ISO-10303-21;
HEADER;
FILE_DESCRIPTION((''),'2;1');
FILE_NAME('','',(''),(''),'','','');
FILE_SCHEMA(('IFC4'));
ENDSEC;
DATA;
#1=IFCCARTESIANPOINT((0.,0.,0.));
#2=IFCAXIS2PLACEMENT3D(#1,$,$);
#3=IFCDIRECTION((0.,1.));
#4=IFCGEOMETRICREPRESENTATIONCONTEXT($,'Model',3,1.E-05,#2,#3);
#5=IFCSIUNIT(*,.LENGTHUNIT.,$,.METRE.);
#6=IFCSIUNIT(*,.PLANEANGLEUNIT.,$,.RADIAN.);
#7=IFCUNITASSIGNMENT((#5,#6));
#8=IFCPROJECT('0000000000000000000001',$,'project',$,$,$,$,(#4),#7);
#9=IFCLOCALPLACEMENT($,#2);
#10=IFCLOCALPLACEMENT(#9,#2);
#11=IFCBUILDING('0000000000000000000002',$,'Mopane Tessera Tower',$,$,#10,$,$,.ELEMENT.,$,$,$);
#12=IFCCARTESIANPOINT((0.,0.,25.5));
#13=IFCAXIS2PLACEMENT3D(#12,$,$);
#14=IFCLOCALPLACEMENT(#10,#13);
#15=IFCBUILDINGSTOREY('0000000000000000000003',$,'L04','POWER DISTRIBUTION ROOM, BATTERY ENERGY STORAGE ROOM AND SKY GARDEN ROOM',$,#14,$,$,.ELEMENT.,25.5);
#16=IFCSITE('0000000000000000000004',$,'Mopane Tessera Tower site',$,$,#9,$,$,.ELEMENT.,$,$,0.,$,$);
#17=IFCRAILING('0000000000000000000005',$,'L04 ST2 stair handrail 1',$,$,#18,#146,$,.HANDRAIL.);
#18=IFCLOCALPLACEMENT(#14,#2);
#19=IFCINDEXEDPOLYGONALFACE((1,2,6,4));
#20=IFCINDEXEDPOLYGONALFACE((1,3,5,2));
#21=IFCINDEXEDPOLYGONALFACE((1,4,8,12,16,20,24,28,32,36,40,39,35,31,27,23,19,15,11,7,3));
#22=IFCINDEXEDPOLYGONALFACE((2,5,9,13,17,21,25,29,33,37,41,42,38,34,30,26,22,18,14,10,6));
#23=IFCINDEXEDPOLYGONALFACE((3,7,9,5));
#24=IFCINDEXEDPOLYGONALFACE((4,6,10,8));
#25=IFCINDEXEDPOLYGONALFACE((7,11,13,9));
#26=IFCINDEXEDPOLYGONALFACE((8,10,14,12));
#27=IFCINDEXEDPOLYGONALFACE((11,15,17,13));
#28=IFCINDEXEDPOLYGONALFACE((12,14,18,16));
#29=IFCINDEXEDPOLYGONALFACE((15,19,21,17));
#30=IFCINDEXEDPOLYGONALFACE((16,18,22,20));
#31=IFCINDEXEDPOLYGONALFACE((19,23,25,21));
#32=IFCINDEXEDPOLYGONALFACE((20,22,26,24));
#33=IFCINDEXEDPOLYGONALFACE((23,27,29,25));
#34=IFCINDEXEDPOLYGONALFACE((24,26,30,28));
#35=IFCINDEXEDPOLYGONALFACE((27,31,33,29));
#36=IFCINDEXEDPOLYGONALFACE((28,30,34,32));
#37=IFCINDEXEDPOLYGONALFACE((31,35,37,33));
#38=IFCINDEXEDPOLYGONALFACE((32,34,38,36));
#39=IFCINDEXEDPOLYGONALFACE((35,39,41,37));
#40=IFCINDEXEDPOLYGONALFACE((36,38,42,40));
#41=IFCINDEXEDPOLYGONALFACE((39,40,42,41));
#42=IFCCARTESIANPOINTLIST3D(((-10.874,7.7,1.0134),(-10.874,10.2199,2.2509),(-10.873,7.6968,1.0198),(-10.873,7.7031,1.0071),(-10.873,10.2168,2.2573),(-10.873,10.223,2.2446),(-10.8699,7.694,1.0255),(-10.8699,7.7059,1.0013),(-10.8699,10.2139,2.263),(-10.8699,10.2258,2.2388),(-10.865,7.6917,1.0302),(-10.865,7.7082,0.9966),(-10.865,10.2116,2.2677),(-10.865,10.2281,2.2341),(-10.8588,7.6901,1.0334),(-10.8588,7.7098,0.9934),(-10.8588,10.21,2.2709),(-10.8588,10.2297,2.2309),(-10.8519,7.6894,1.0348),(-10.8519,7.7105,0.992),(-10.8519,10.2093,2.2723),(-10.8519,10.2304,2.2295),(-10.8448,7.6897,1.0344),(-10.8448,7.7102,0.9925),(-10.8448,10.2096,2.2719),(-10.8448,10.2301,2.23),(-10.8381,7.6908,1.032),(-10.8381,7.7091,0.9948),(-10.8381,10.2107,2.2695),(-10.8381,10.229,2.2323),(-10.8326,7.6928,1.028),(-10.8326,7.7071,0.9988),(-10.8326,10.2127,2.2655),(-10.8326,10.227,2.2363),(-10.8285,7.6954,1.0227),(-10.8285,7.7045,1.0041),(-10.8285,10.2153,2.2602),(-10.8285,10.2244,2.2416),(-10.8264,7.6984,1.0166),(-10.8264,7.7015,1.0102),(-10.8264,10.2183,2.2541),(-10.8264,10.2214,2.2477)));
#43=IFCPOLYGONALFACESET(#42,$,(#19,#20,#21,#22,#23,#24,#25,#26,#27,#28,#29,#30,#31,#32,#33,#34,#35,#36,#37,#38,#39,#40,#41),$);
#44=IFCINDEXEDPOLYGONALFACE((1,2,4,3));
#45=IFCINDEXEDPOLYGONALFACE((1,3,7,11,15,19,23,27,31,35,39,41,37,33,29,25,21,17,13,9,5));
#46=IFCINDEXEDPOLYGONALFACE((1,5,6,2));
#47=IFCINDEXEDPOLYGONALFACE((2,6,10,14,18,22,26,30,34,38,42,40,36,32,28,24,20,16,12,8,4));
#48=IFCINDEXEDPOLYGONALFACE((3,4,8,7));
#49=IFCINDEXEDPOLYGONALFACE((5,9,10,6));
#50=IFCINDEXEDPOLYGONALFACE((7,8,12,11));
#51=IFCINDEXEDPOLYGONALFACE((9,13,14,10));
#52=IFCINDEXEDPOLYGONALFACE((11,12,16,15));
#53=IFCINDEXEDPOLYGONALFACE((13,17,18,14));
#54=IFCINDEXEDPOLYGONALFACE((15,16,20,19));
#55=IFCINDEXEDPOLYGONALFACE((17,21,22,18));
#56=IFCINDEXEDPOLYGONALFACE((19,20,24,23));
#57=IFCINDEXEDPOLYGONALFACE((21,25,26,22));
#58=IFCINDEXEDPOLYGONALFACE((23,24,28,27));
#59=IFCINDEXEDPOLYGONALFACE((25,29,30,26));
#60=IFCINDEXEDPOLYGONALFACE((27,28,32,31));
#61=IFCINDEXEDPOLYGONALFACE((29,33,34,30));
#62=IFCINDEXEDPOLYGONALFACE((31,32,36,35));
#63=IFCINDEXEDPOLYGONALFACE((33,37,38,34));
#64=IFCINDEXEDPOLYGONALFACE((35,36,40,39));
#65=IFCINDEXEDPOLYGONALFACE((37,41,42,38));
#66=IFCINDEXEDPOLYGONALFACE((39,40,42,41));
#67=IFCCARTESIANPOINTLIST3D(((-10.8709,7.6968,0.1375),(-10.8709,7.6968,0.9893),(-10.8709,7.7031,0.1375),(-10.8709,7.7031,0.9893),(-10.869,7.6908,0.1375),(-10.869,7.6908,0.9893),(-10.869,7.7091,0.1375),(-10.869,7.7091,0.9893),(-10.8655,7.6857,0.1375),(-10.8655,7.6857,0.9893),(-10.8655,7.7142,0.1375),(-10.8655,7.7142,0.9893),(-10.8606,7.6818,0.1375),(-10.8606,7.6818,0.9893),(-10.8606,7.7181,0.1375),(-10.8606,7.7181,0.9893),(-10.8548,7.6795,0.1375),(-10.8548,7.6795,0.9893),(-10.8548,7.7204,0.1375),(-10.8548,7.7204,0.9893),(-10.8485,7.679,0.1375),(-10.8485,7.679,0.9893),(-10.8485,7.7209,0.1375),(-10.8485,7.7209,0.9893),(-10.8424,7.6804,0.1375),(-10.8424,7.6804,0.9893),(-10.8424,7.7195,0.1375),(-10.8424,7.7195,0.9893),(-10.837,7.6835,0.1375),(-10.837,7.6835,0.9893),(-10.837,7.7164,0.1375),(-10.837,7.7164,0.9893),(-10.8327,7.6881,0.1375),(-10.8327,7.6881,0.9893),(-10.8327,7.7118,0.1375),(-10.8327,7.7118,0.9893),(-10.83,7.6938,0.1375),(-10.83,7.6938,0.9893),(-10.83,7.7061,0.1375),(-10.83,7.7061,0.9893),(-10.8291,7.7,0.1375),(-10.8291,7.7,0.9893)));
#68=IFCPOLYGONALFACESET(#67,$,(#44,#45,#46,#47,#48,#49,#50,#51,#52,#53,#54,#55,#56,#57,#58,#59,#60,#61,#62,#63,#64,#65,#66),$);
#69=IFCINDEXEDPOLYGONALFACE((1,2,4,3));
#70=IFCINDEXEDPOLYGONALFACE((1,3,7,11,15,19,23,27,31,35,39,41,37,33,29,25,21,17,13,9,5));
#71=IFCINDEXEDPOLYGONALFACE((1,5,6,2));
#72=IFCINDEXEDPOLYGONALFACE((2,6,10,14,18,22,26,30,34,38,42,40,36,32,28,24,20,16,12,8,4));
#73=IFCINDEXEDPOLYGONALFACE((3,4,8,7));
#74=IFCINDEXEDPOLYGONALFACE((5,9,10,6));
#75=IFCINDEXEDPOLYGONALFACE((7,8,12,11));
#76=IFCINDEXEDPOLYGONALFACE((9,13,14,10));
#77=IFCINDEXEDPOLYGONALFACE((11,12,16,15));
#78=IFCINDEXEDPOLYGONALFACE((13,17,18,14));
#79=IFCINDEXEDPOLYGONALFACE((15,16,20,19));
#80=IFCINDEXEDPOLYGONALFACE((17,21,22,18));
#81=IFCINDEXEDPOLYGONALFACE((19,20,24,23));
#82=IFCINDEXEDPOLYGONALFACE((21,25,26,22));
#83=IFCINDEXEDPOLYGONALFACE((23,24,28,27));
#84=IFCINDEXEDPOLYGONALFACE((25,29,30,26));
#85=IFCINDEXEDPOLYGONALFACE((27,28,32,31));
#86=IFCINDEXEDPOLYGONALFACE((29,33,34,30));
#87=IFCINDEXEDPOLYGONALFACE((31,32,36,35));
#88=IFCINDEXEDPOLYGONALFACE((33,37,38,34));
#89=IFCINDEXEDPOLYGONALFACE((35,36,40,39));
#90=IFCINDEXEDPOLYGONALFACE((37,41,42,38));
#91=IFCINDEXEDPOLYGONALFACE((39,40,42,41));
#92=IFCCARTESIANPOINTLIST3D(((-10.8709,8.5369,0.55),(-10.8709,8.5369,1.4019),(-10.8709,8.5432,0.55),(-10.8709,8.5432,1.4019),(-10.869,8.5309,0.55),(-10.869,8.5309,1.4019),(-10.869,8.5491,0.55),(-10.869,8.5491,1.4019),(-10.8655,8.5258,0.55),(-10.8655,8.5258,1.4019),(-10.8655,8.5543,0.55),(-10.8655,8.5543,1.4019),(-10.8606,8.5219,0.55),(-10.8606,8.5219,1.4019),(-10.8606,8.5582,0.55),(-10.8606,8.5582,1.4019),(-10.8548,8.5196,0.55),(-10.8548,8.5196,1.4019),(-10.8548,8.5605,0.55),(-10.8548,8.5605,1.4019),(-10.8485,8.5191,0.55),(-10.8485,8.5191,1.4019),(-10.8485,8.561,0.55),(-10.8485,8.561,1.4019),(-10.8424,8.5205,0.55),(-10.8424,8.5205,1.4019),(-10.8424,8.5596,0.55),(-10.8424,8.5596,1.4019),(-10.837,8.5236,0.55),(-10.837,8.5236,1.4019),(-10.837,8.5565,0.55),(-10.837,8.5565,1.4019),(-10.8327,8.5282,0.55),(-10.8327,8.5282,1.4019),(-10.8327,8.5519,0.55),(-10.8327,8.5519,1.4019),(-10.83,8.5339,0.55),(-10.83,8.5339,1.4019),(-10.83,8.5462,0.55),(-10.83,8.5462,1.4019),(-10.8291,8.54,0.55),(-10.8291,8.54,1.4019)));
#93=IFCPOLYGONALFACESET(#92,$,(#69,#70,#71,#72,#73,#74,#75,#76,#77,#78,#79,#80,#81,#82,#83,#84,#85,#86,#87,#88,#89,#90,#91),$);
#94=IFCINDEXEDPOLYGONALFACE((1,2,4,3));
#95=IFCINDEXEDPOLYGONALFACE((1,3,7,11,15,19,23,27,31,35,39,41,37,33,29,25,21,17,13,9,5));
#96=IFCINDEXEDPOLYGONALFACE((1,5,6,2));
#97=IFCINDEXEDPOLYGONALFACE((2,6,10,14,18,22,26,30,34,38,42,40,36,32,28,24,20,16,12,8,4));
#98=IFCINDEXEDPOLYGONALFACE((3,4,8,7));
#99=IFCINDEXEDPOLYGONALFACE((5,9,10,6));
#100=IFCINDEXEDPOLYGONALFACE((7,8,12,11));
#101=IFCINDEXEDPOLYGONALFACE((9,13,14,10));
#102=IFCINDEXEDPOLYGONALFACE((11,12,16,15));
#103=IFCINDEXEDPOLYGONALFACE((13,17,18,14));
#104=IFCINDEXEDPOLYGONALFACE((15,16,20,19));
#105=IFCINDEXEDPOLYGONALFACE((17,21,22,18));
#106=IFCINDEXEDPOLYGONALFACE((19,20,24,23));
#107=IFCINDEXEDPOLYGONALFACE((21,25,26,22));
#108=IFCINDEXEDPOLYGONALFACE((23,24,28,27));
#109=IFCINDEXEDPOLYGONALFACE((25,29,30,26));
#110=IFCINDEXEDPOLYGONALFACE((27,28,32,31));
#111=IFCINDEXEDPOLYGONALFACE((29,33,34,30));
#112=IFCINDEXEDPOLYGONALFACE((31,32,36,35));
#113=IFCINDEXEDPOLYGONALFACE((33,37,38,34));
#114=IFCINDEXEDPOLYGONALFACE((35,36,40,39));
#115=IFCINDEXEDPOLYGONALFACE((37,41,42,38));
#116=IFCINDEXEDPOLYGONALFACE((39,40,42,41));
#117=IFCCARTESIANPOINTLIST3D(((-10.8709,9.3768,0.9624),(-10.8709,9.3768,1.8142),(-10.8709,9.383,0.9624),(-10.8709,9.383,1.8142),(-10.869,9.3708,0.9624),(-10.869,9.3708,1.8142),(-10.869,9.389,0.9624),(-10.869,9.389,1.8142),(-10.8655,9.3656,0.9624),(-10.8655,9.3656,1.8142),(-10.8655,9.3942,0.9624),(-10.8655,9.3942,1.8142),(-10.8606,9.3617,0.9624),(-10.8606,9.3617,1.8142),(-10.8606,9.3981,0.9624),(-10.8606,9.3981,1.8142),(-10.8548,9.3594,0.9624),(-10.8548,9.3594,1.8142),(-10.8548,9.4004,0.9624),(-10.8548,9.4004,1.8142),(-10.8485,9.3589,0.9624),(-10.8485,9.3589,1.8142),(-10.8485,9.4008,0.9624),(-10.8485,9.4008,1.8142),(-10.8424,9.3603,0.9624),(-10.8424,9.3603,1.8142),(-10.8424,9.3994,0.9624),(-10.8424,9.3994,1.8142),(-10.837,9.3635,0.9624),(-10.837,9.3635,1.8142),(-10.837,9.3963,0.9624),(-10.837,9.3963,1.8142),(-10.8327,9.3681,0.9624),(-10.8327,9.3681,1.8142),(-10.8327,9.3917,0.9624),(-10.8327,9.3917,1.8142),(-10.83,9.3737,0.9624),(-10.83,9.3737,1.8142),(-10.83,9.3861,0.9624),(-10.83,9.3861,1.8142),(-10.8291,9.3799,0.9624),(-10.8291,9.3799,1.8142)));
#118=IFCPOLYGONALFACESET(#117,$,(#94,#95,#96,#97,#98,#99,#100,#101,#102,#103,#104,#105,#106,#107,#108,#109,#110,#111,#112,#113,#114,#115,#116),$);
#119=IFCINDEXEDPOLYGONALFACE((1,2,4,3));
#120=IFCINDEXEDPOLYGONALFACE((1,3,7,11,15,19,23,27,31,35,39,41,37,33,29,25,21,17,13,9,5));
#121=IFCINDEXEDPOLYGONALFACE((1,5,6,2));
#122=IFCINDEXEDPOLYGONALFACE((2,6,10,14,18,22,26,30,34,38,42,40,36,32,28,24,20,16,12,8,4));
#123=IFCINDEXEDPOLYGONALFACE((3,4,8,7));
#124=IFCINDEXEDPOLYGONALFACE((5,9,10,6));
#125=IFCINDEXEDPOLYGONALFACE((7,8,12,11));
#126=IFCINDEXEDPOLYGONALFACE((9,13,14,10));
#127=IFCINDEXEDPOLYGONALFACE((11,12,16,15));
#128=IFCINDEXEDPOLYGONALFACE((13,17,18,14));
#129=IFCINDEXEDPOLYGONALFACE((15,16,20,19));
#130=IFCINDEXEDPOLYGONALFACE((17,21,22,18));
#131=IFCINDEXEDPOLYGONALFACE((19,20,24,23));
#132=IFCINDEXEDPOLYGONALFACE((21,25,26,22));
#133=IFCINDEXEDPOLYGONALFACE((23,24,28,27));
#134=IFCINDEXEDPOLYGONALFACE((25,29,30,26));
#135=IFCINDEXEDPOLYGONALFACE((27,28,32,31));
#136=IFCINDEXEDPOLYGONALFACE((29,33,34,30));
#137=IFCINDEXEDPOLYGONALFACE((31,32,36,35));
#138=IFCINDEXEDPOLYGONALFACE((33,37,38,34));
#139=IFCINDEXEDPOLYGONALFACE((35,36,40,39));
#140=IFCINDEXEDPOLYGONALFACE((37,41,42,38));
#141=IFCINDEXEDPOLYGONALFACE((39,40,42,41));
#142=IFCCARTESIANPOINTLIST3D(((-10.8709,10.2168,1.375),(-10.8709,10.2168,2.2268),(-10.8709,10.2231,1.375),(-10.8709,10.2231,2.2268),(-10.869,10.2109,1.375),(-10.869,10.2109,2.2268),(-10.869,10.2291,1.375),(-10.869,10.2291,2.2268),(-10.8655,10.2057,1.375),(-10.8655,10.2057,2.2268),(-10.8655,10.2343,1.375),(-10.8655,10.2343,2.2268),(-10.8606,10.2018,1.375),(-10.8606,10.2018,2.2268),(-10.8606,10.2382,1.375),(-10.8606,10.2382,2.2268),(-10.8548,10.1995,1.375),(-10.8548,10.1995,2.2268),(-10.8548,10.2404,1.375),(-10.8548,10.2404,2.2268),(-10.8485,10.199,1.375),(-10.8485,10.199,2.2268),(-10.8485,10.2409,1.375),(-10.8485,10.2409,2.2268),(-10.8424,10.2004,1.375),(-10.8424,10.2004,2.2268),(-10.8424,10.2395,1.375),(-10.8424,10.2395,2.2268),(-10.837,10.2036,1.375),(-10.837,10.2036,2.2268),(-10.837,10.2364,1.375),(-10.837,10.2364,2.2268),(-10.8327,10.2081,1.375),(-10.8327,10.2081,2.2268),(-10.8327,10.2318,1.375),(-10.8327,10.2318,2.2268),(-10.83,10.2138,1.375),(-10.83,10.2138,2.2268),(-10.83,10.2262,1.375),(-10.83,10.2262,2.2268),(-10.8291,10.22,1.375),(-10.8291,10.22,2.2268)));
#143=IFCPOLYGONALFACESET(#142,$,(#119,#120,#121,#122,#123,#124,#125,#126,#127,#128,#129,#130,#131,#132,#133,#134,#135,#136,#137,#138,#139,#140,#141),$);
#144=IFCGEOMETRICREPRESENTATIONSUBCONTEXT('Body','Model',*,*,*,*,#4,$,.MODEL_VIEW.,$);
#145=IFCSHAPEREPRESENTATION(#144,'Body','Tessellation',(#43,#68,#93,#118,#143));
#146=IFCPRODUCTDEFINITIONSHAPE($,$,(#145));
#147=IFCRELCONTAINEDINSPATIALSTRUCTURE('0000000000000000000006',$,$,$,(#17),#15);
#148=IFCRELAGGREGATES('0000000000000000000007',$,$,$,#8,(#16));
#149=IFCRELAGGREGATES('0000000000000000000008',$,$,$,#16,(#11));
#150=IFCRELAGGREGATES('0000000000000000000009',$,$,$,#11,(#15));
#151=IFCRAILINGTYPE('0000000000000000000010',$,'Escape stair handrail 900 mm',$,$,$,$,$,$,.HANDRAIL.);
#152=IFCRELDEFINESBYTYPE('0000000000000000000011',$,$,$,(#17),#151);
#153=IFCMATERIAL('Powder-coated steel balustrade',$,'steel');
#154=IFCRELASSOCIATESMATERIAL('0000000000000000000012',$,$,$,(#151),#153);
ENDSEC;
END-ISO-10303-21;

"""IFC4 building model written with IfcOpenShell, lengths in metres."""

from ifc_helpers import new_model, si_unit, direction, frame, origin, origin_2d, place, context, subcontext, project, spatial, circle, extrude, material, type_object, element, save


model = new_model("IFC4")

# Units and contexts
model_context = context("Model", 3, precision=1e-05, world=origin(), true_north=direction((0.0, 1.0)))
body_context = subcontext(model_context, "Body", "Model", "MODEL_VIEW")
ifc_project = project(units=[si_unit("LENGTHUNIT", "METRE"), si_unit("PLANEANGLEUNIT", "RADIAN")], contexts=[model_context])

# Site, building, storey
site_placement = place(None, origin())
site = spatial("IfcSite", under=ifc_project, at=site_placement, Name="Mopane Tessera Tower site", CompositionType="ELEMENT", RefElevation=0.0)
building_placement = place(site_placement, origin())
building = spatial("IfcBuilding", under=site, at=building_placement, Name="Mopane Tessera Tower", CompositionType="ELEMENT")
storey_placement = place(building_placement, frame((0.0, 0.0, 25.5)))
storey = spatial("IfcBuildingStorey", under=building, at=storey_placement, Name="L04", Description="POWER DISTRIBUTION ROOM, BATTERY ENERGY STORAGE ROOM AND SKY GARDEN ROOM", CompositionType="ELEMENT", Elevation=25.5)

# Railing
ifc_material_1 = material(Name="Powder-coated steel balustrade", Category="steel")
railing_type_1 = type_object("IfcRailingType", Name="Escape stair handrail 900 mm", PredefinedType="HANDRAIL", material=ifc_material_1)
for number, where, name in (
    (1, (-10.8501, 7.7, 0.1375), "L04 ST2 stair handrail 1"),
):
    element("IfcRailing", number, at=place(storey_placement, frame(where)), inside=storey, type_object=railing_type_1, Name=name, PredefinedType="HANDRAIL", context=body_context, shape_type="SweptSolid", body=[
        extrude(circle(Radius=0.0239, at=origin_2d()), frame((0.0, 0.0, 0.876), z_axis=(0.0, 0.897604, 0.440802), x_axis=(-1.0, 0.0, 0.0)), (0.0, 0.0, 1.0), 2.8074),
        extrude(circle(Radius=0.021, at=origin_2d()), origin(), (0.0, 0.0, 1.0), 0.8518),
        extrude(circle(Radius=0.021, at=origin_2d()), frame((0.0, 0.8401, 0.4126)), (0.0, 0.0, 1.0), 0.8518),
        extrude(circle(Radius=0.021, at=origin_2d()), frame((0.0, 1.6799, 0.825)), (0.0, 0.0, 1.0), 0.8518),
        extrude(circle(Radius=0.021, at=origin_2d()), frame((0.0, 2.52, 1.2375)), (0.0, 0.0, 1.0), 0.8518),
    ])

save(model, "model.ifc")
